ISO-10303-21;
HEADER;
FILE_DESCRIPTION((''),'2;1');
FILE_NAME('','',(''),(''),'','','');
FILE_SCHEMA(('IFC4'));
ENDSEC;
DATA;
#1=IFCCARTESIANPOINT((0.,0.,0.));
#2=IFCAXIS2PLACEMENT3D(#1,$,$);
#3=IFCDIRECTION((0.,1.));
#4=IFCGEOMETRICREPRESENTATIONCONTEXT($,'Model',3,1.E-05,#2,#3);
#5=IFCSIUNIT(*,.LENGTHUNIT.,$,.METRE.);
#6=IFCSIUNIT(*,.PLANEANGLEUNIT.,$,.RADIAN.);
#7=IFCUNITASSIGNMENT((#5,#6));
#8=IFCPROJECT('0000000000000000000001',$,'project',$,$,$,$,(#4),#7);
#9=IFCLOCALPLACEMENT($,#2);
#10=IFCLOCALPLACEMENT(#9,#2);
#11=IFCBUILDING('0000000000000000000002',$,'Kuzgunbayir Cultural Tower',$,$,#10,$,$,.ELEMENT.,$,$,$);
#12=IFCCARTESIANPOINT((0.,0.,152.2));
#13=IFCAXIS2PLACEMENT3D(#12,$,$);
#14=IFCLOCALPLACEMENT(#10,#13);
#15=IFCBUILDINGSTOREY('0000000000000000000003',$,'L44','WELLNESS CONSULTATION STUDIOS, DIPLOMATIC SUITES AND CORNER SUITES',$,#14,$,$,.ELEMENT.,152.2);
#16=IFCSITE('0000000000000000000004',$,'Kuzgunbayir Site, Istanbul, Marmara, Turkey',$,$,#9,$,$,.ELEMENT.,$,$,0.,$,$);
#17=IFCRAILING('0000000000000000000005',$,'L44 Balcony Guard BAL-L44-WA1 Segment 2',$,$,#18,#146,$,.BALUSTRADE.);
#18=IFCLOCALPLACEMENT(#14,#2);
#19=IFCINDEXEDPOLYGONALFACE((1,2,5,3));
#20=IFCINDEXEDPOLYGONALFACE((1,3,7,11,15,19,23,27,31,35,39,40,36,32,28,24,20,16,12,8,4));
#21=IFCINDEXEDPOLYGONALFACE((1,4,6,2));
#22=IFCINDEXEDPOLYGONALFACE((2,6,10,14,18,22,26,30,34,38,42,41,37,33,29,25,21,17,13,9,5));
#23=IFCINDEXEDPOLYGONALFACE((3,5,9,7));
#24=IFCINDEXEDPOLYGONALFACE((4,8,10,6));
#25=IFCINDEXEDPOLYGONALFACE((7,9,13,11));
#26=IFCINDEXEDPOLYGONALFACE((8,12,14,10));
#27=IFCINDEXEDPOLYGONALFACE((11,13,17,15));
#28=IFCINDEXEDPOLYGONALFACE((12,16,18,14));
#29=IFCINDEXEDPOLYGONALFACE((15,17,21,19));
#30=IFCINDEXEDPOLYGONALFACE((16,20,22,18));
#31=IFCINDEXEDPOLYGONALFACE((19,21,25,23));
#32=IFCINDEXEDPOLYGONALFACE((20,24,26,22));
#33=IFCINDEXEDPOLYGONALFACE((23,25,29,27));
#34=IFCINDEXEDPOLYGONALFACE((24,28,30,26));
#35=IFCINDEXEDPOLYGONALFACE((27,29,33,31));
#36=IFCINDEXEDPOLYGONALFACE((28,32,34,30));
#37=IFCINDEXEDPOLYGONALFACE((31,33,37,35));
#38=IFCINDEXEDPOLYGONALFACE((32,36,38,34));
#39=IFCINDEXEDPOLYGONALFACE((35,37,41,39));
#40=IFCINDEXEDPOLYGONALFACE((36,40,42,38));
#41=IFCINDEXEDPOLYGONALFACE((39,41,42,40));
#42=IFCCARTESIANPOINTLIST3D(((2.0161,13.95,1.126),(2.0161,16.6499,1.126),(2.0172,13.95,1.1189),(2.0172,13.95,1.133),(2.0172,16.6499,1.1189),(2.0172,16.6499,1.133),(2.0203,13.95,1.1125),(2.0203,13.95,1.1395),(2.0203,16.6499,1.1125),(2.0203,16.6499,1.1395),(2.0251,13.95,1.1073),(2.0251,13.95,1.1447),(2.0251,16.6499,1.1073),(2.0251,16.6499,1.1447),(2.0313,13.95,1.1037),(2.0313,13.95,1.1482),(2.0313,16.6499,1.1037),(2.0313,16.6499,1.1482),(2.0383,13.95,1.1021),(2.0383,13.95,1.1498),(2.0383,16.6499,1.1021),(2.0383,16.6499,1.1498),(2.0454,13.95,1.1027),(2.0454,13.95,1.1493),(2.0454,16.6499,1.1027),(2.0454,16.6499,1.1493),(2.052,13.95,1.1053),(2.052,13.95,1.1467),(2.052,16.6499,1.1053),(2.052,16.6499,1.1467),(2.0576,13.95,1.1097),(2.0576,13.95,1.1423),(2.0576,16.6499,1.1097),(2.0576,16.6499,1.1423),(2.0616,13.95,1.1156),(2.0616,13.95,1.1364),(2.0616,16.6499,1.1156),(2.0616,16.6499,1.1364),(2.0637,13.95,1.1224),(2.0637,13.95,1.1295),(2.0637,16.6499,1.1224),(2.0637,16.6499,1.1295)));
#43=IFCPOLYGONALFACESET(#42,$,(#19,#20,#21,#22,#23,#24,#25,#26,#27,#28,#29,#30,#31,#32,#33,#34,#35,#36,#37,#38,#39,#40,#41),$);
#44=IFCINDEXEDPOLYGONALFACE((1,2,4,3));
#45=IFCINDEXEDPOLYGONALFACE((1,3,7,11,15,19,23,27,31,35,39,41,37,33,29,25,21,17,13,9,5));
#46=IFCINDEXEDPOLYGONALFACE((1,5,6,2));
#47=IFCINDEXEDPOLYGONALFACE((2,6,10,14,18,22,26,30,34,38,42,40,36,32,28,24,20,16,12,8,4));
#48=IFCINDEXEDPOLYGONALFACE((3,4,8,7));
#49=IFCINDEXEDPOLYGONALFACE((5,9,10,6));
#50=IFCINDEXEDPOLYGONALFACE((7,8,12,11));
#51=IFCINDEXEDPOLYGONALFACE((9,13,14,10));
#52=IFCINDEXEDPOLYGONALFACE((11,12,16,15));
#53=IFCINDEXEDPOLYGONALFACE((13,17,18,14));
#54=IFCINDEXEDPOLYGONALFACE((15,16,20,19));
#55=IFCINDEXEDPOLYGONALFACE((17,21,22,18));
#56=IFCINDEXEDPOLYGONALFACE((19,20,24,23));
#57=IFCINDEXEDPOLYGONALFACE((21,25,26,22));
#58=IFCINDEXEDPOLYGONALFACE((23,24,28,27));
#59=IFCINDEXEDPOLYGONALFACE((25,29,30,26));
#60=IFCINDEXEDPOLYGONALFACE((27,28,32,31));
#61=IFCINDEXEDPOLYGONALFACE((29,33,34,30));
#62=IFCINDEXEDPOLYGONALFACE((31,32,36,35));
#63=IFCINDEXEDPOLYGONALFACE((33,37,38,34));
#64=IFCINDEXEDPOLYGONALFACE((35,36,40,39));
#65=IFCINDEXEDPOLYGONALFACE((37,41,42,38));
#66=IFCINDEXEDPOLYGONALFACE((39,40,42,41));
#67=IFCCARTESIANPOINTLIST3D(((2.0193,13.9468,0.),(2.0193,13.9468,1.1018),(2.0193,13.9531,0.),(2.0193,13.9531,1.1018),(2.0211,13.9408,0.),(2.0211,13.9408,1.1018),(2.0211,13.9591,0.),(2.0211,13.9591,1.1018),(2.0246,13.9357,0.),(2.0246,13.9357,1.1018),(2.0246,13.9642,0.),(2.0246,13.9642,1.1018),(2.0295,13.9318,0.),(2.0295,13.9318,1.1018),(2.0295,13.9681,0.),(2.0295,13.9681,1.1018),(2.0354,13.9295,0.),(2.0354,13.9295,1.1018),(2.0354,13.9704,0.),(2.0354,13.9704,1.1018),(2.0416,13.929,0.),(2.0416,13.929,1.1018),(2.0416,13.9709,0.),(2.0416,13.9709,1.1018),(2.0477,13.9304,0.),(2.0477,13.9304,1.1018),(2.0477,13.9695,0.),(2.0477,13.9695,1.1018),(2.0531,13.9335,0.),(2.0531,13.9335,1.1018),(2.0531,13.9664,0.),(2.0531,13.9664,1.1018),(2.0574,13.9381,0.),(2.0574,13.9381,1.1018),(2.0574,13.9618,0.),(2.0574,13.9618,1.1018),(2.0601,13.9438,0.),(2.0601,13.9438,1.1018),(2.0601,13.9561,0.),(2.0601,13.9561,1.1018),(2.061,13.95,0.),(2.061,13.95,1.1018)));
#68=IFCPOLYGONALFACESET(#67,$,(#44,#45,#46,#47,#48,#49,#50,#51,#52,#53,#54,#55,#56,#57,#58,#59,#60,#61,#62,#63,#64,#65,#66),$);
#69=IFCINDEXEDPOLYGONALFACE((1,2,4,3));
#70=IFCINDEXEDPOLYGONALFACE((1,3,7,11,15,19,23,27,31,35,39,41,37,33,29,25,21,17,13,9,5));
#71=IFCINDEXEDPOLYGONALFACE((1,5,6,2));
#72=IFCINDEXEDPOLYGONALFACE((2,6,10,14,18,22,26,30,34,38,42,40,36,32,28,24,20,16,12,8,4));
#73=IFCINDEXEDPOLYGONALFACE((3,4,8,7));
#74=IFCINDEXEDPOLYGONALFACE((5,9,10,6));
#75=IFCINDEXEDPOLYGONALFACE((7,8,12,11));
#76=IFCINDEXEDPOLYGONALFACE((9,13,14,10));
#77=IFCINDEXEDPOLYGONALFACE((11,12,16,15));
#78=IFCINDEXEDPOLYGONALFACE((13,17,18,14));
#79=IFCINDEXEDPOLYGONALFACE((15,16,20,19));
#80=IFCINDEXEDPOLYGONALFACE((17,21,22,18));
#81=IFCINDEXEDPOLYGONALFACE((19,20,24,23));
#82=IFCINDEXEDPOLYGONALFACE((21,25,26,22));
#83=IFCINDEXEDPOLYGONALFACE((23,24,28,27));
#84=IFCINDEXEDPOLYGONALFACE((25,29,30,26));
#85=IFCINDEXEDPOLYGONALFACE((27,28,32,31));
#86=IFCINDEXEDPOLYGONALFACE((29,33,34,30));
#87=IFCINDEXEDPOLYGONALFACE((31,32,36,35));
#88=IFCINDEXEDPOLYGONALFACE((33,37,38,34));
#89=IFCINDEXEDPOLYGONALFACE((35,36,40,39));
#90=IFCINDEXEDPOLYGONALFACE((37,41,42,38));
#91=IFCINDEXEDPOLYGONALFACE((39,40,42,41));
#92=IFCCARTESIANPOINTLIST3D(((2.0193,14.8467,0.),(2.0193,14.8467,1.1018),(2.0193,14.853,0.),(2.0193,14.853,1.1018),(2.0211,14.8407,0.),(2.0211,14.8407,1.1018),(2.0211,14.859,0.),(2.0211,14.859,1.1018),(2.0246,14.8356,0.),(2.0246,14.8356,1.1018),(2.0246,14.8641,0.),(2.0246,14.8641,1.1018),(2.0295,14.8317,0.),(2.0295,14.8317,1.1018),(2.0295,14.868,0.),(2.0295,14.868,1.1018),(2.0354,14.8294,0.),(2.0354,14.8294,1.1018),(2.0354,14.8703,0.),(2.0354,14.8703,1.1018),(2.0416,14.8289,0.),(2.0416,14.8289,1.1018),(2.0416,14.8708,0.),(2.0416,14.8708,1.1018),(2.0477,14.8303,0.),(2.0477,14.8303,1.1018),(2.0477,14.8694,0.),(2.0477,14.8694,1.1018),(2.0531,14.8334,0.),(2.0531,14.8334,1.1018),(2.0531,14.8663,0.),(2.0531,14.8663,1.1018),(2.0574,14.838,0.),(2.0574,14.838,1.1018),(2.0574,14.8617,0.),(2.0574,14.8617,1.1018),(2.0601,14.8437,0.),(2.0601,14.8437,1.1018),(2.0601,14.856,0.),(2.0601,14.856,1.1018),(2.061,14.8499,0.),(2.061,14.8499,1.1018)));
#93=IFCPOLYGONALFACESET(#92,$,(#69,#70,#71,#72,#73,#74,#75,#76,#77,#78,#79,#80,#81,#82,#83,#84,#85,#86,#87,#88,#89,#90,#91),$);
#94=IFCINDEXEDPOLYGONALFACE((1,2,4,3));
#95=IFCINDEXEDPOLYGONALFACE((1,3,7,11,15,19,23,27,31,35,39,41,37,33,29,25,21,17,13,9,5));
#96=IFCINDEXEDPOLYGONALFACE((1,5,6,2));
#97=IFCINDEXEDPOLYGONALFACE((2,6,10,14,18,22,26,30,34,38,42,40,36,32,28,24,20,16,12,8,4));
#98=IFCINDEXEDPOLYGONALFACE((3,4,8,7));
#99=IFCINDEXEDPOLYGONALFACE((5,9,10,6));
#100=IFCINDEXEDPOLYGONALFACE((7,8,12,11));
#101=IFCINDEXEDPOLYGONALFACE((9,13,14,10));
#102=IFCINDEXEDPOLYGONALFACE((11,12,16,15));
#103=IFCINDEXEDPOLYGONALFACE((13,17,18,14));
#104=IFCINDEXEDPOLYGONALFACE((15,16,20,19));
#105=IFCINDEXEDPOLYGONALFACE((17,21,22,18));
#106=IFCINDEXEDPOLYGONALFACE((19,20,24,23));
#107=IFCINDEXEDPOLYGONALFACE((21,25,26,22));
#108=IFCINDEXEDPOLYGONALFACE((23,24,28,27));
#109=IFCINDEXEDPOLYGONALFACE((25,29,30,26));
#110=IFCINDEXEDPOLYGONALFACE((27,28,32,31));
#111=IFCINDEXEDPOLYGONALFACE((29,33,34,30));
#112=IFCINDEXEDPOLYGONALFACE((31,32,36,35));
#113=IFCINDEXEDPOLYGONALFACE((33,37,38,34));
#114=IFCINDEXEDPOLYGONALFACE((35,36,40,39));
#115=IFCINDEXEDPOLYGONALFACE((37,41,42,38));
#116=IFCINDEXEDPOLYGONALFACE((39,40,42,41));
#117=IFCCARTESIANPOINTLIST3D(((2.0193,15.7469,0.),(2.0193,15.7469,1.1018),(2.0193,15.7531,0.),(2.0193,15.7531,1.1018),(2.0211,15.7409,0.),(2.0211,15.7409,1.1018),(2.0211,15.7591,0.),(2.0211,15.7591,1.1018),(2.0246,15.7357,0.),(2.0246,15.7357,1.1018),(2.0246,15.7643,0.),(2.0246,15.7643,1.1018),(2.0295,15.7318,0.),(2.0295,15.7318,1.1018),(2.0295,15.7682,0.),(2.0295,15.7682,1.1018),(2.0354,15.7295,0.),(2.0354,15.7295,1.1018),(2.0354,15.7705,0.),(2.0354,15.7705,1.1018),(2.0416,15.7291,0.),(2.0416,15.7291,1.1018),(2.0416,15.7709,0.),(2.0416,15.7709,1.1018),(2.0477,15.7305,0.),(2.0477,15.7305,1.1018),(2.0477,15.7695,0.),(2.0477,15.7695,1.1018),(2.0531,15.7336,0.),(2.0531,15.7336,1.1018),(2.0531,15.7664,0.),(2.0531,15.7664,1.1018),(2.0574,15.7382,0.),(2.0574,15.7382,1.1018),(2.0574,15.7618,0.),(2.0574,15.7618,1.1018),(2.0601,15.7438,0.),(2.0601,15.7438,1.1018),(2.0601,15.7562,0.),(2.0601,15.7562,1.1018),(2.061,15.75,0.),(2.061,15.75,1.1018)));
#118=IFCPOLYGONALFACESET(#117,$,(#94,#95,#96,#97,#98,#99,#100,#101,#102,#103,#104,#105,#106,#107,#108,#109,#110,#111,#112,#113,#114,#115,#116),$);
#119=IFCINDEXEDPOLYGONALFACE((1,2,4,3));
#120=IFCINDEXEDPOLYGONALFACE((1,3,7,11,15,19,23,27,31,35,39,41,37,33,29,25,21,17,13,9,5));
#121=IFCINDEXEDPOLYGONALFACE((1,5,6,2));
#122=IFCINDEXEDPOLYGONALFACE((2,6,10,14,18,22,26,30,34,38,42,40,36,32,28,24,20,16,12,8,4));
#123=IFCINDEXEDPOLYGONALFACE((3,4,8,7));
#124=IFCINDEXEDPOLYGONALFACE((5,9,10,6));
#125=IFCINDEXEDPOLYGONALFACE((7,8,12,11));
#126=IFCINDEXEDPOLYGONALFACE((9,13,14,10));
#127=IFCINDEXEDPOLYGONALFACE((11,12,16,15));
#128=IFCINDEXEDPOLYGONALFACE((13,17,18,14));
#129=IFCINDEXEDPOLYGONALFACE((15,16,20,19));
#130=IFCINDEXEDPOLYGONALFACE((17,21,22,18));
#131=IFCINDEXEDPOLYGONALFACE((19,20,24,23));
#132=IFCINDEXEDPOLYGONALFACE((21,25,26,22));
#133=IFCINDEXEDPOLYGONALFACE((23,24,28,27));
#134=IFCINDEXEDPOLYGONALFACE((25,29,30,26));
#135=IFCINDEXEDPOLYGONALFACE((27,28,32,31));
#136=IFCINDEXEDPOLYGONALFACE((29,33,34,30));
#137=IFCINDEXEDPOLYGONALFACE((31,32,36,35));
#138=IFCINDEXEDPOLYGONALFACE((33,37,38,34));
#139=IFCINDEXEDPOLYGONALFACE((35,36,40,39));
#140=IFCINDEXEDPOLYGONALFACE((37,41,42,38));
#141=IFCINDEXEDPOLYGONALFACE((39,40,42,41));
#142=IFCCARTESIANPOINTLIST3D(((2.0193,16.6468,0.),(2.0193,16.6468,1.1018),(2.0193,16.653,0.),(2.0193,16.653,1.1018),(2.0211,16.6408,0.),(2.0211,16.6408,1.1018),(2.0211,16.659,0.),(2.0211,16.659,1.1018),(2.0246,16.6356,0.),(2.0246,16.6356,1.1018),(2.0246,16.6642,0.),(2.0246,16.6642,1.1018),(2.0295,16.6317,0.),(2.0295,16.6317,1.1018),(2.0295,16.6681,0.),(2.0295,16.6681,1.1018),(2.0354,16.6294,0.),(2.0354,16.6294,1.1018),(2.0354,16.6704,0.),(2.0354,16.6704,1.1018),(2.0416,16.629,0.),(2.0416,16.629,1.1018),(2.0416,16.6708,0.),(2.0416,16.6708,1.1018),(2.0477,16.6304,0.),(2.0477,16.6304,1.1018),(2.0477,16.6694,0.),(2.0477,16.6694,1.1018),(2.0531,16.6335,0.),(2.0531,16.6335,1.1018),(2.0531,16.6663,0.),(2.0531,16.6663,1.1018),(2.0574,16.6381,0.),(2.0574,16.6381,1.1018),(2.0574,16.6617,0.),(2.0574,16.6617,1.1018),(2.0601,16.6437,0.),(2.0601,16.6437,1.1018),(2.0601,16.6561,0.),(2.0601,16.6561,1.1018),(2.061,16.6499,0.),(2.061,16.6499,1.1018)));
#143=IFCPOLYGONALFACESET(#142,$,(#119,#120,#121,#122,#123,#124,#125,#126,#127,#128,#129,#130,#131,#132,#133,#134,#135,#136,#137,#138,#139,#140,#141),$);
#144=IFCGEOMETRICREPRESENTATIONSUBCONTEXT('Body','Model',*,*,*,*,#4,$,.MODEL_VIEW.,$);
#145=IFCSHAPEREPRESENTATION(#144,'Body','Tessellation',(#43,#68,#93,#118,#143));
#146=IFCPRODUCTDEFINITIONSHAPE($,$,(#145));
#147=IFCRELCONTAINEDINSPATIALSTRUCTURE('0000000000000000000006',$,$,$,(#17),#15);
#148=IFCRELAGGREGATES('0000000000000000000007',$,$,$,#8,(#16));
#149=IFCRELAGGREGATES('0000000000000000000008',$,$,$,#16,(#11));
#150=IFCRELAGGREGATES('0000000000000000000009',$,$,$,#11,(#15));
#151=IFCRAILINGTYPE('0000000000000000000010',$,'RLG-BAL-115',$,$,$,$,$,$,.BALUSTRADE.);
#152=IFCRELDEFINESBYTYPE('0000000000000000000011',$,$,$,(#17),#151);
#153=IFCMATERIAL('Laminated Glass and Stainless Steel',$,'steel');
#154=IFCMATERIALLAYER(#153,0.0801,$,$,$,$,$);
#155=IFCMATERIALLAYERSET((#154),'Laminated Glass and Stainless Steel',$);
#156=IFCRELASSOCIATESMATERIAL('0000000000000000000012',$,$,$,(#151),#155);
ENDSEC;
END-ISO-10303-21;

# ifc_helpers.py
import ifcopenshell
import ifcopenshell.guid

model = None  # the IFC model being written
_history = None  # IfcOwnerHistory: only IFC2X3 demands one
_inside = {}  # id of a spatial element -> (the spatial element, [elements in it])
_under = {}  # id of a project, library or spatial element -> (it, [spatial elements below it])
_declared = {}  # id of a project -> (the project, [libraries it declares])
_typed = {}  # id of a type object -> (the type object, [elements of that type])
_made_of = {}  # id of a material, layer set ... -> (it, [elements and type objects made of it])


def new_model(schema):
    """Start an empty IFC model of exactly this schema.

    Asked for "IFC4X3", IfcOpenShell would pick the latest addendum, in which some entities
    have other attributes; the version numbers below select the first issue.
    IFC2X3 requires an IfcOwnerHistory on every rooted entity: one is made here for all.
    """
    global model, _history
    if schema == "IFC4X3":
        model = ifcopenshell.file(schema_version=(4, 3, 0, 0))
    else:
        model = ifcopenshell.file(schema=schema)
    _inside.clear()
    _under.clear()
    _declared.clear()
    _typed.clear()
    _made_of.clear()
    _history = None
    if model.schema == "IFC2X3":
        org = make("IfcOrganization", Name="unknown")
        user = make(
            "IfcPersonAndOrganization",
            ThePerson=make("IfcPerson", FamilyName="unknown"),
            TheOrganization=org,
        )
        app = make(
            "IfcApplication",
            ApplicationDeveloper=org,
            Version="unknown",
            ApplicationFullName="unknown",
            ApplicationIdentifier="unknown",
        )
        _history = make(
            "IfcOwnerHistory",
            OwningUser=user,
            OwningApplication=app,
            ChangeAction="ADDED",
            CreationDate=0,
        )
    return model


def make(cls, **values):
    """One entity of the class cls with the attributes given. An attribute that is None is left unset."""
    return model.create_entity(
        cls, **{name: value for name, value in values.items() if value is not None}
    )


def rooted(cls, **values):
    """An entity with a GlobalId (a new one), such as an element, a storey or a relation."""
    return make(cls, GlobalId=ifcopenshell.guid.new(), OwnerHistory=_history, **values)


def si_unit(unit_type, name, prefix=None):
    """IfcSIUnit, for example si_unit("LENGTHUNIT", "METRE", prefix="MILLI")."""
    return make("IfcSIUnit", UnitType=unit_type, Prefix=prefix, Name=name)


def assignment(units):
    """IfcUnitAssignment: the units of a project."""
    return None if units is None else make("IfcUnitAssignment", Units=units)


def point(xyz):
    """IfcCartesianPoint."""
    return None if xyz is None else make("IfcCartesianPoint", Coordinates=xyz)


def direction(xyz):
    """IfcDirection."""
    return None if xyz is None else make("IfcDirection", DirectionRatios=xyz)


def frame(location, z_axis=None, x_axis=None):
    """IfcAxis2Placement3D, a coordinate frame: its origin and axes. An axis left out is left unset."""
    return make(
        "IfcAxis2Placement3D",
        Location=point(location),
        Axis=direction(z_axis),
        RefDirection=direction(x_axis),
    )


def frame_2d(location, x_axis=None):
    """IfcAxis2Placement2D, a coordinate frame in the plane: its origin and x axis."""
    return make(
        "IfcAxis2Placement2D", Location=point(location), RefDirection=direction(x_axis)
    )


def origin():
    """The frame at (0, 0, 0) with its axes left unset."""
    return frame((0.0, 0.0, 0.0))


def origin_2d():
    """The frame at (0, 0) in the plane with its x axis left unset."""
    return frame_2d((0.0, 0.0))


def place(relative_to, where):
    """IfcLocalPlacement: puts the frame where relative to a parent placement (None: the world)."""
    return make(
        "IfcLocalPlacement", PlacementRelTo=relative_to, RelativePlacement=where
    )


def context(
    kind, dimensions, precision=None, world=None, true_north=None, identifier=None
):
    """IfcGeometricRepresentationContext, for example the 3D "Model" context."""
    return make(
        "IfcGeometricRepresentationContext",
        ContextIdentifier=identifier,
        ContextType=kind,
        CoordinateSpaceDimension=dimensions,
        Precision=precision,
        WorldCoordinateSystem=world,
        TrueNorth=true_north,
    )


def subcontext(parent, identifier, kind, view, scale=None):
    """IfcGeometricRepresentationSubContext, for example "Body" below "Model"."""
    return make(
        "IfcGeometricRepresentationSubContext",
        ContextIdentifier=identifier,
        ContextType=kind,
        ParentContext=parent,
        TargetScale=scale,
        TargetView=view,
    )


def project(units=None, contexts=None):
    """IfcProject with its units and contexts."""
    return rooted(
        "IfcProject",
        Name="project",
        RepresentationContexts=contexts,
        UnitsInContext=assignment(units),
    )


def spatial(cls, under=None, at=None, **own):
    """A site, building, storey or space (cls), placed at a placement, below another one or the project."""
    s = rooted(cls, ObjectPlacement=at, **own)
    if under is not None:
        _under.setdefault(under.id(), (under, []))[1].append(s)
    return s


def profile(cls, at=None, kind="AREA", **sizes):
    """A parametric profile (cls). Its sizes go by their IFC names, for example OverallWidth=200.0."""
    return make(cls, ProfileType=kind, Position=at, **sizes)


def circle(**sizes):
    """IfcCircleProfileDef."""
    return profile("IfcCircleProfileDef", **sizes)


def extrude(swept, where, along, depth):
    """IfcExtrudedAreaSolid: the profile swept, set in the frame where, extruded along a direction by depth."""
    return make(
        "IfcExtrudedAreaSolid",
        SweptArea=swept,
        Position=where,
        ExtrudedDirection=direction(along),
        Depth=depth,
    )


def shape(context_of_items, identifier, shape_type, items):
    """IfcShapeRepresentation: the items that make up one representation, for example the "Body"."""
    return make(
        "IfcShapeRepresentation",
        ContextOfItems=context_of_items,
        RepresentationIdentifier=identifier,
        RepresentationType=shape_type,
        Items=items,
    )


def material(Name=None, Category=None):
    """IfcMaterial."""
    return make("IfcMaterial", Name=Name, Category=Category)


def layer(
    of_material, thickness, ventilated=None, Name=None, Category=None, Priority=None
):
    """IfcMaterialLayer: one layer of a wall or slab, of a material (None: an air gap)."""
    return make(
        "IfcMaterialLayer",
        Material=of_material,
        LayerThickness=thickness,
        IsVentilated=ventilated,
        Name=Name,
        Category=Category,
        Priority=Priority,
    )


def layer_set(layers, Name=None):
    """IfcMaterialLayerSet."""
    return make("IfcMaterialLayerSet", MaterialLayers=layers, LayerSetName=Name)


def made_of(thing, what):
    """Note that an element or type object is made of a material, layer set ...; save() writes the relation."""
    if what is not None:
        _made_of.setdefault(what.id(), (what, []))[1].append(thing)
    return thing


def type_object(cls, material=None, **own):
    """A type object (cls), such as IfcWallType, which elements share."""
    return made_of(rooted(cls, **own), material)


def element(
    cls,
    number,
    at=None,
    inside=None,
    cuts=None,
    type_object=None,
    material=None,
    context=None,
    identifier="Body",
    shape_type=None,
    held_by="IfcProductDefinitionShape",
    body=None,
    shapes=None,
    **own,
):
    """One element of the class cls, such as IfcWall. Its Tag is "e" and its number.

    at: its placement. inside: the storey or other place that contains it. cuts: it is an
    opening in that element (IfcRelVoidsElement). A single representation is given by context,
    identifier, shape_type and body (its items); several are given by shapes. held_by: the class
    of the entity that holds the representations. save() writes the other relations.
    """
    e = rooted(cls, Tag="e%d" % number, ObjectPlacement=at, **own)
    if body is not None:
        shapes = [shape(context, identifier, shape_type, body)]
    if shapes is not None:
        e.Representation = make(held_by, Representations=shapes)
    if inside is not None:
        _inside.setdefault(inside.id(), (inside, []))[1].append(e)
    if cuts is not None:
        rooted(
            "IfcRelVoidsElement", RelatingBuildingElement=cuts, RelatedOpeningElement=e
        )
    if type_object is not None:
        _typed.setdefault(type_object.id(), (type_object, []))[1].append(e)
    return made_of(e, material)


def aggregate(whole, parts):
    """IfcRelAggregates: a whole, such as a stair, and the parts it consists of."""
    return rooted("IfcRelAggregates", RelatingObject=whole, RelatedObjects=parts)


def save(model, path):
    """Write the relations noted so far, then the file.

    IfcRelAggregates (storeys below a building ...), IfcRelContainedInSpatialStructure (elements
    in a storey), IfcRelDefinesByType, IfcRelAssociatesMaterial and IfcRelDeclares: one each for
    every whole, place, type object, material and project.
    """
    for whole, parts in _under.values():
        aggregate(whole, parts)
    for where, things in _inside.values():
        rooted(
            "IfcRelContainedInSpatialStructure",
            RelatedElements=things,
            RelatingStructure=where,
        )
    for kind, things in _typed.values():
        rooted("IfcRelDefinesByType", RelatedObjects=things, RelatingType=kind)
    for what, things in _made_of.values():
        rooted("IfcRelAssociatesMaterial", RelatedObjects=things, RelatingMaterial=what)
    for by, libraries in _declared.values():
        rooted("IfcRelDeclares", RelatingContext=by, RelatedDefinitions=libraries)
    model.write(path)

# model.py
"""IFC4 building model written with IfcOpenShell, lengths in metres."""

from ifc_helpers import new_model, si_unit, direction, frame, origin, origin_2d, place, context, subcontext, project, spatial, circle, extrude, material, layer, layer_set, type_object, element, save


model = new_model("IFC4")

# Units and contexts
model_context = context("Model", 3, precision=1e-05, world=origin(), true_north=direction((0.0, 1.0)))
body_context = subcontext(model_context, "Body", "Model", "MODEL_VIEW")
ifc_project = project(units=[si_unit("LENGTHUNIT", "METRE"), si_unit("PLANEANGLEUNIT", "RADIAN")], contexts=[model_context])

# Site, building, storey
site_placement = place(None, origin())
site = spatial("IfcSite", under=ifc_project, at=site_placement, Name="Kuzgunbayir Site, Istanbul, Marmara, Turkey", CompositionType="ELEMENT", RefElevation=0.0)
building_placement = place(site_placement, origin())
building = spatial("IfcBuilding", under=site, at=building_placement, Name="Kuzgunbayir Cultural Tower", CompositionType="ELEMENT")
storey_placement = place(building_placement, frame((0.0, 0.0, 152.2)))
storey = spatial("IfcBuildingStorey", under=building, at=storey_placement, Name="L44", Description="WELLNESS CONSULTATION STUDIOS, DIPLOMATIC SUITES AND CORNER SUITES", CompositionType="ELEMENT", Elevation=152.2)

# Railing
ifc_material_1 = material(Name="Laminated Glass and Stainless Steel", Category="steel")
ifc_layer_1 = layer(ifc_material_1, 0.0801)
ifc_layer_set_1 = layer_set([ifc_layer_1], Name="Laminated Glass and Stainless Steel")
railing_type = type_object("IfcRailingType", Name="RLG-BAL-115", PredefinedType="BALUSTRADE", material=ifc_layer_set_1)
railing_1_placement = place(storey_placement, frame((2.04, 13.95, 0.0)))
element("IfcRailing", 1, at=railing_1_placement, inside=storey, type_object=railing_type, Name="L44 Balcony Guard BAL-L44-WA1 Segment 2", PredefinedType="BALUSTRADE", context=body_context, shape_type="SweptSolid", body=[
    extrude(circle(Radius=0.0239, at=origin_2d()), frame((0.0, 0.0, 1.126), z_axis=(0.0, 1.0, 0.0), x_axis=(-1.0, 0.0, 0.0)), (0.0, 0.0, 1.0), 2.7),
    extrude(circle(Radius=0.021, at=origin_2d()), origin(), (0.0, 0.0, 1.0), 1.1018),
    extrude(circle(Radius=0.021, at=origin_2d()), frame((0.0, 0.8999, 0.0)), (0.0, 0.0, 1.0), 1.1018),
    extrude(circle(Radius=0.021, at=origin_2d()), frame((0.0, 1.8, 0.0)), (0.0, 0.0, 1.0), 1.1018),
    extrude(circle(Radius=0.021, at=origin_2d()), frame((0.0, 2.7, 0.0)), (0.0, 0.0, 1.0), 1.1018),
])

save(model, "model.ifc")
